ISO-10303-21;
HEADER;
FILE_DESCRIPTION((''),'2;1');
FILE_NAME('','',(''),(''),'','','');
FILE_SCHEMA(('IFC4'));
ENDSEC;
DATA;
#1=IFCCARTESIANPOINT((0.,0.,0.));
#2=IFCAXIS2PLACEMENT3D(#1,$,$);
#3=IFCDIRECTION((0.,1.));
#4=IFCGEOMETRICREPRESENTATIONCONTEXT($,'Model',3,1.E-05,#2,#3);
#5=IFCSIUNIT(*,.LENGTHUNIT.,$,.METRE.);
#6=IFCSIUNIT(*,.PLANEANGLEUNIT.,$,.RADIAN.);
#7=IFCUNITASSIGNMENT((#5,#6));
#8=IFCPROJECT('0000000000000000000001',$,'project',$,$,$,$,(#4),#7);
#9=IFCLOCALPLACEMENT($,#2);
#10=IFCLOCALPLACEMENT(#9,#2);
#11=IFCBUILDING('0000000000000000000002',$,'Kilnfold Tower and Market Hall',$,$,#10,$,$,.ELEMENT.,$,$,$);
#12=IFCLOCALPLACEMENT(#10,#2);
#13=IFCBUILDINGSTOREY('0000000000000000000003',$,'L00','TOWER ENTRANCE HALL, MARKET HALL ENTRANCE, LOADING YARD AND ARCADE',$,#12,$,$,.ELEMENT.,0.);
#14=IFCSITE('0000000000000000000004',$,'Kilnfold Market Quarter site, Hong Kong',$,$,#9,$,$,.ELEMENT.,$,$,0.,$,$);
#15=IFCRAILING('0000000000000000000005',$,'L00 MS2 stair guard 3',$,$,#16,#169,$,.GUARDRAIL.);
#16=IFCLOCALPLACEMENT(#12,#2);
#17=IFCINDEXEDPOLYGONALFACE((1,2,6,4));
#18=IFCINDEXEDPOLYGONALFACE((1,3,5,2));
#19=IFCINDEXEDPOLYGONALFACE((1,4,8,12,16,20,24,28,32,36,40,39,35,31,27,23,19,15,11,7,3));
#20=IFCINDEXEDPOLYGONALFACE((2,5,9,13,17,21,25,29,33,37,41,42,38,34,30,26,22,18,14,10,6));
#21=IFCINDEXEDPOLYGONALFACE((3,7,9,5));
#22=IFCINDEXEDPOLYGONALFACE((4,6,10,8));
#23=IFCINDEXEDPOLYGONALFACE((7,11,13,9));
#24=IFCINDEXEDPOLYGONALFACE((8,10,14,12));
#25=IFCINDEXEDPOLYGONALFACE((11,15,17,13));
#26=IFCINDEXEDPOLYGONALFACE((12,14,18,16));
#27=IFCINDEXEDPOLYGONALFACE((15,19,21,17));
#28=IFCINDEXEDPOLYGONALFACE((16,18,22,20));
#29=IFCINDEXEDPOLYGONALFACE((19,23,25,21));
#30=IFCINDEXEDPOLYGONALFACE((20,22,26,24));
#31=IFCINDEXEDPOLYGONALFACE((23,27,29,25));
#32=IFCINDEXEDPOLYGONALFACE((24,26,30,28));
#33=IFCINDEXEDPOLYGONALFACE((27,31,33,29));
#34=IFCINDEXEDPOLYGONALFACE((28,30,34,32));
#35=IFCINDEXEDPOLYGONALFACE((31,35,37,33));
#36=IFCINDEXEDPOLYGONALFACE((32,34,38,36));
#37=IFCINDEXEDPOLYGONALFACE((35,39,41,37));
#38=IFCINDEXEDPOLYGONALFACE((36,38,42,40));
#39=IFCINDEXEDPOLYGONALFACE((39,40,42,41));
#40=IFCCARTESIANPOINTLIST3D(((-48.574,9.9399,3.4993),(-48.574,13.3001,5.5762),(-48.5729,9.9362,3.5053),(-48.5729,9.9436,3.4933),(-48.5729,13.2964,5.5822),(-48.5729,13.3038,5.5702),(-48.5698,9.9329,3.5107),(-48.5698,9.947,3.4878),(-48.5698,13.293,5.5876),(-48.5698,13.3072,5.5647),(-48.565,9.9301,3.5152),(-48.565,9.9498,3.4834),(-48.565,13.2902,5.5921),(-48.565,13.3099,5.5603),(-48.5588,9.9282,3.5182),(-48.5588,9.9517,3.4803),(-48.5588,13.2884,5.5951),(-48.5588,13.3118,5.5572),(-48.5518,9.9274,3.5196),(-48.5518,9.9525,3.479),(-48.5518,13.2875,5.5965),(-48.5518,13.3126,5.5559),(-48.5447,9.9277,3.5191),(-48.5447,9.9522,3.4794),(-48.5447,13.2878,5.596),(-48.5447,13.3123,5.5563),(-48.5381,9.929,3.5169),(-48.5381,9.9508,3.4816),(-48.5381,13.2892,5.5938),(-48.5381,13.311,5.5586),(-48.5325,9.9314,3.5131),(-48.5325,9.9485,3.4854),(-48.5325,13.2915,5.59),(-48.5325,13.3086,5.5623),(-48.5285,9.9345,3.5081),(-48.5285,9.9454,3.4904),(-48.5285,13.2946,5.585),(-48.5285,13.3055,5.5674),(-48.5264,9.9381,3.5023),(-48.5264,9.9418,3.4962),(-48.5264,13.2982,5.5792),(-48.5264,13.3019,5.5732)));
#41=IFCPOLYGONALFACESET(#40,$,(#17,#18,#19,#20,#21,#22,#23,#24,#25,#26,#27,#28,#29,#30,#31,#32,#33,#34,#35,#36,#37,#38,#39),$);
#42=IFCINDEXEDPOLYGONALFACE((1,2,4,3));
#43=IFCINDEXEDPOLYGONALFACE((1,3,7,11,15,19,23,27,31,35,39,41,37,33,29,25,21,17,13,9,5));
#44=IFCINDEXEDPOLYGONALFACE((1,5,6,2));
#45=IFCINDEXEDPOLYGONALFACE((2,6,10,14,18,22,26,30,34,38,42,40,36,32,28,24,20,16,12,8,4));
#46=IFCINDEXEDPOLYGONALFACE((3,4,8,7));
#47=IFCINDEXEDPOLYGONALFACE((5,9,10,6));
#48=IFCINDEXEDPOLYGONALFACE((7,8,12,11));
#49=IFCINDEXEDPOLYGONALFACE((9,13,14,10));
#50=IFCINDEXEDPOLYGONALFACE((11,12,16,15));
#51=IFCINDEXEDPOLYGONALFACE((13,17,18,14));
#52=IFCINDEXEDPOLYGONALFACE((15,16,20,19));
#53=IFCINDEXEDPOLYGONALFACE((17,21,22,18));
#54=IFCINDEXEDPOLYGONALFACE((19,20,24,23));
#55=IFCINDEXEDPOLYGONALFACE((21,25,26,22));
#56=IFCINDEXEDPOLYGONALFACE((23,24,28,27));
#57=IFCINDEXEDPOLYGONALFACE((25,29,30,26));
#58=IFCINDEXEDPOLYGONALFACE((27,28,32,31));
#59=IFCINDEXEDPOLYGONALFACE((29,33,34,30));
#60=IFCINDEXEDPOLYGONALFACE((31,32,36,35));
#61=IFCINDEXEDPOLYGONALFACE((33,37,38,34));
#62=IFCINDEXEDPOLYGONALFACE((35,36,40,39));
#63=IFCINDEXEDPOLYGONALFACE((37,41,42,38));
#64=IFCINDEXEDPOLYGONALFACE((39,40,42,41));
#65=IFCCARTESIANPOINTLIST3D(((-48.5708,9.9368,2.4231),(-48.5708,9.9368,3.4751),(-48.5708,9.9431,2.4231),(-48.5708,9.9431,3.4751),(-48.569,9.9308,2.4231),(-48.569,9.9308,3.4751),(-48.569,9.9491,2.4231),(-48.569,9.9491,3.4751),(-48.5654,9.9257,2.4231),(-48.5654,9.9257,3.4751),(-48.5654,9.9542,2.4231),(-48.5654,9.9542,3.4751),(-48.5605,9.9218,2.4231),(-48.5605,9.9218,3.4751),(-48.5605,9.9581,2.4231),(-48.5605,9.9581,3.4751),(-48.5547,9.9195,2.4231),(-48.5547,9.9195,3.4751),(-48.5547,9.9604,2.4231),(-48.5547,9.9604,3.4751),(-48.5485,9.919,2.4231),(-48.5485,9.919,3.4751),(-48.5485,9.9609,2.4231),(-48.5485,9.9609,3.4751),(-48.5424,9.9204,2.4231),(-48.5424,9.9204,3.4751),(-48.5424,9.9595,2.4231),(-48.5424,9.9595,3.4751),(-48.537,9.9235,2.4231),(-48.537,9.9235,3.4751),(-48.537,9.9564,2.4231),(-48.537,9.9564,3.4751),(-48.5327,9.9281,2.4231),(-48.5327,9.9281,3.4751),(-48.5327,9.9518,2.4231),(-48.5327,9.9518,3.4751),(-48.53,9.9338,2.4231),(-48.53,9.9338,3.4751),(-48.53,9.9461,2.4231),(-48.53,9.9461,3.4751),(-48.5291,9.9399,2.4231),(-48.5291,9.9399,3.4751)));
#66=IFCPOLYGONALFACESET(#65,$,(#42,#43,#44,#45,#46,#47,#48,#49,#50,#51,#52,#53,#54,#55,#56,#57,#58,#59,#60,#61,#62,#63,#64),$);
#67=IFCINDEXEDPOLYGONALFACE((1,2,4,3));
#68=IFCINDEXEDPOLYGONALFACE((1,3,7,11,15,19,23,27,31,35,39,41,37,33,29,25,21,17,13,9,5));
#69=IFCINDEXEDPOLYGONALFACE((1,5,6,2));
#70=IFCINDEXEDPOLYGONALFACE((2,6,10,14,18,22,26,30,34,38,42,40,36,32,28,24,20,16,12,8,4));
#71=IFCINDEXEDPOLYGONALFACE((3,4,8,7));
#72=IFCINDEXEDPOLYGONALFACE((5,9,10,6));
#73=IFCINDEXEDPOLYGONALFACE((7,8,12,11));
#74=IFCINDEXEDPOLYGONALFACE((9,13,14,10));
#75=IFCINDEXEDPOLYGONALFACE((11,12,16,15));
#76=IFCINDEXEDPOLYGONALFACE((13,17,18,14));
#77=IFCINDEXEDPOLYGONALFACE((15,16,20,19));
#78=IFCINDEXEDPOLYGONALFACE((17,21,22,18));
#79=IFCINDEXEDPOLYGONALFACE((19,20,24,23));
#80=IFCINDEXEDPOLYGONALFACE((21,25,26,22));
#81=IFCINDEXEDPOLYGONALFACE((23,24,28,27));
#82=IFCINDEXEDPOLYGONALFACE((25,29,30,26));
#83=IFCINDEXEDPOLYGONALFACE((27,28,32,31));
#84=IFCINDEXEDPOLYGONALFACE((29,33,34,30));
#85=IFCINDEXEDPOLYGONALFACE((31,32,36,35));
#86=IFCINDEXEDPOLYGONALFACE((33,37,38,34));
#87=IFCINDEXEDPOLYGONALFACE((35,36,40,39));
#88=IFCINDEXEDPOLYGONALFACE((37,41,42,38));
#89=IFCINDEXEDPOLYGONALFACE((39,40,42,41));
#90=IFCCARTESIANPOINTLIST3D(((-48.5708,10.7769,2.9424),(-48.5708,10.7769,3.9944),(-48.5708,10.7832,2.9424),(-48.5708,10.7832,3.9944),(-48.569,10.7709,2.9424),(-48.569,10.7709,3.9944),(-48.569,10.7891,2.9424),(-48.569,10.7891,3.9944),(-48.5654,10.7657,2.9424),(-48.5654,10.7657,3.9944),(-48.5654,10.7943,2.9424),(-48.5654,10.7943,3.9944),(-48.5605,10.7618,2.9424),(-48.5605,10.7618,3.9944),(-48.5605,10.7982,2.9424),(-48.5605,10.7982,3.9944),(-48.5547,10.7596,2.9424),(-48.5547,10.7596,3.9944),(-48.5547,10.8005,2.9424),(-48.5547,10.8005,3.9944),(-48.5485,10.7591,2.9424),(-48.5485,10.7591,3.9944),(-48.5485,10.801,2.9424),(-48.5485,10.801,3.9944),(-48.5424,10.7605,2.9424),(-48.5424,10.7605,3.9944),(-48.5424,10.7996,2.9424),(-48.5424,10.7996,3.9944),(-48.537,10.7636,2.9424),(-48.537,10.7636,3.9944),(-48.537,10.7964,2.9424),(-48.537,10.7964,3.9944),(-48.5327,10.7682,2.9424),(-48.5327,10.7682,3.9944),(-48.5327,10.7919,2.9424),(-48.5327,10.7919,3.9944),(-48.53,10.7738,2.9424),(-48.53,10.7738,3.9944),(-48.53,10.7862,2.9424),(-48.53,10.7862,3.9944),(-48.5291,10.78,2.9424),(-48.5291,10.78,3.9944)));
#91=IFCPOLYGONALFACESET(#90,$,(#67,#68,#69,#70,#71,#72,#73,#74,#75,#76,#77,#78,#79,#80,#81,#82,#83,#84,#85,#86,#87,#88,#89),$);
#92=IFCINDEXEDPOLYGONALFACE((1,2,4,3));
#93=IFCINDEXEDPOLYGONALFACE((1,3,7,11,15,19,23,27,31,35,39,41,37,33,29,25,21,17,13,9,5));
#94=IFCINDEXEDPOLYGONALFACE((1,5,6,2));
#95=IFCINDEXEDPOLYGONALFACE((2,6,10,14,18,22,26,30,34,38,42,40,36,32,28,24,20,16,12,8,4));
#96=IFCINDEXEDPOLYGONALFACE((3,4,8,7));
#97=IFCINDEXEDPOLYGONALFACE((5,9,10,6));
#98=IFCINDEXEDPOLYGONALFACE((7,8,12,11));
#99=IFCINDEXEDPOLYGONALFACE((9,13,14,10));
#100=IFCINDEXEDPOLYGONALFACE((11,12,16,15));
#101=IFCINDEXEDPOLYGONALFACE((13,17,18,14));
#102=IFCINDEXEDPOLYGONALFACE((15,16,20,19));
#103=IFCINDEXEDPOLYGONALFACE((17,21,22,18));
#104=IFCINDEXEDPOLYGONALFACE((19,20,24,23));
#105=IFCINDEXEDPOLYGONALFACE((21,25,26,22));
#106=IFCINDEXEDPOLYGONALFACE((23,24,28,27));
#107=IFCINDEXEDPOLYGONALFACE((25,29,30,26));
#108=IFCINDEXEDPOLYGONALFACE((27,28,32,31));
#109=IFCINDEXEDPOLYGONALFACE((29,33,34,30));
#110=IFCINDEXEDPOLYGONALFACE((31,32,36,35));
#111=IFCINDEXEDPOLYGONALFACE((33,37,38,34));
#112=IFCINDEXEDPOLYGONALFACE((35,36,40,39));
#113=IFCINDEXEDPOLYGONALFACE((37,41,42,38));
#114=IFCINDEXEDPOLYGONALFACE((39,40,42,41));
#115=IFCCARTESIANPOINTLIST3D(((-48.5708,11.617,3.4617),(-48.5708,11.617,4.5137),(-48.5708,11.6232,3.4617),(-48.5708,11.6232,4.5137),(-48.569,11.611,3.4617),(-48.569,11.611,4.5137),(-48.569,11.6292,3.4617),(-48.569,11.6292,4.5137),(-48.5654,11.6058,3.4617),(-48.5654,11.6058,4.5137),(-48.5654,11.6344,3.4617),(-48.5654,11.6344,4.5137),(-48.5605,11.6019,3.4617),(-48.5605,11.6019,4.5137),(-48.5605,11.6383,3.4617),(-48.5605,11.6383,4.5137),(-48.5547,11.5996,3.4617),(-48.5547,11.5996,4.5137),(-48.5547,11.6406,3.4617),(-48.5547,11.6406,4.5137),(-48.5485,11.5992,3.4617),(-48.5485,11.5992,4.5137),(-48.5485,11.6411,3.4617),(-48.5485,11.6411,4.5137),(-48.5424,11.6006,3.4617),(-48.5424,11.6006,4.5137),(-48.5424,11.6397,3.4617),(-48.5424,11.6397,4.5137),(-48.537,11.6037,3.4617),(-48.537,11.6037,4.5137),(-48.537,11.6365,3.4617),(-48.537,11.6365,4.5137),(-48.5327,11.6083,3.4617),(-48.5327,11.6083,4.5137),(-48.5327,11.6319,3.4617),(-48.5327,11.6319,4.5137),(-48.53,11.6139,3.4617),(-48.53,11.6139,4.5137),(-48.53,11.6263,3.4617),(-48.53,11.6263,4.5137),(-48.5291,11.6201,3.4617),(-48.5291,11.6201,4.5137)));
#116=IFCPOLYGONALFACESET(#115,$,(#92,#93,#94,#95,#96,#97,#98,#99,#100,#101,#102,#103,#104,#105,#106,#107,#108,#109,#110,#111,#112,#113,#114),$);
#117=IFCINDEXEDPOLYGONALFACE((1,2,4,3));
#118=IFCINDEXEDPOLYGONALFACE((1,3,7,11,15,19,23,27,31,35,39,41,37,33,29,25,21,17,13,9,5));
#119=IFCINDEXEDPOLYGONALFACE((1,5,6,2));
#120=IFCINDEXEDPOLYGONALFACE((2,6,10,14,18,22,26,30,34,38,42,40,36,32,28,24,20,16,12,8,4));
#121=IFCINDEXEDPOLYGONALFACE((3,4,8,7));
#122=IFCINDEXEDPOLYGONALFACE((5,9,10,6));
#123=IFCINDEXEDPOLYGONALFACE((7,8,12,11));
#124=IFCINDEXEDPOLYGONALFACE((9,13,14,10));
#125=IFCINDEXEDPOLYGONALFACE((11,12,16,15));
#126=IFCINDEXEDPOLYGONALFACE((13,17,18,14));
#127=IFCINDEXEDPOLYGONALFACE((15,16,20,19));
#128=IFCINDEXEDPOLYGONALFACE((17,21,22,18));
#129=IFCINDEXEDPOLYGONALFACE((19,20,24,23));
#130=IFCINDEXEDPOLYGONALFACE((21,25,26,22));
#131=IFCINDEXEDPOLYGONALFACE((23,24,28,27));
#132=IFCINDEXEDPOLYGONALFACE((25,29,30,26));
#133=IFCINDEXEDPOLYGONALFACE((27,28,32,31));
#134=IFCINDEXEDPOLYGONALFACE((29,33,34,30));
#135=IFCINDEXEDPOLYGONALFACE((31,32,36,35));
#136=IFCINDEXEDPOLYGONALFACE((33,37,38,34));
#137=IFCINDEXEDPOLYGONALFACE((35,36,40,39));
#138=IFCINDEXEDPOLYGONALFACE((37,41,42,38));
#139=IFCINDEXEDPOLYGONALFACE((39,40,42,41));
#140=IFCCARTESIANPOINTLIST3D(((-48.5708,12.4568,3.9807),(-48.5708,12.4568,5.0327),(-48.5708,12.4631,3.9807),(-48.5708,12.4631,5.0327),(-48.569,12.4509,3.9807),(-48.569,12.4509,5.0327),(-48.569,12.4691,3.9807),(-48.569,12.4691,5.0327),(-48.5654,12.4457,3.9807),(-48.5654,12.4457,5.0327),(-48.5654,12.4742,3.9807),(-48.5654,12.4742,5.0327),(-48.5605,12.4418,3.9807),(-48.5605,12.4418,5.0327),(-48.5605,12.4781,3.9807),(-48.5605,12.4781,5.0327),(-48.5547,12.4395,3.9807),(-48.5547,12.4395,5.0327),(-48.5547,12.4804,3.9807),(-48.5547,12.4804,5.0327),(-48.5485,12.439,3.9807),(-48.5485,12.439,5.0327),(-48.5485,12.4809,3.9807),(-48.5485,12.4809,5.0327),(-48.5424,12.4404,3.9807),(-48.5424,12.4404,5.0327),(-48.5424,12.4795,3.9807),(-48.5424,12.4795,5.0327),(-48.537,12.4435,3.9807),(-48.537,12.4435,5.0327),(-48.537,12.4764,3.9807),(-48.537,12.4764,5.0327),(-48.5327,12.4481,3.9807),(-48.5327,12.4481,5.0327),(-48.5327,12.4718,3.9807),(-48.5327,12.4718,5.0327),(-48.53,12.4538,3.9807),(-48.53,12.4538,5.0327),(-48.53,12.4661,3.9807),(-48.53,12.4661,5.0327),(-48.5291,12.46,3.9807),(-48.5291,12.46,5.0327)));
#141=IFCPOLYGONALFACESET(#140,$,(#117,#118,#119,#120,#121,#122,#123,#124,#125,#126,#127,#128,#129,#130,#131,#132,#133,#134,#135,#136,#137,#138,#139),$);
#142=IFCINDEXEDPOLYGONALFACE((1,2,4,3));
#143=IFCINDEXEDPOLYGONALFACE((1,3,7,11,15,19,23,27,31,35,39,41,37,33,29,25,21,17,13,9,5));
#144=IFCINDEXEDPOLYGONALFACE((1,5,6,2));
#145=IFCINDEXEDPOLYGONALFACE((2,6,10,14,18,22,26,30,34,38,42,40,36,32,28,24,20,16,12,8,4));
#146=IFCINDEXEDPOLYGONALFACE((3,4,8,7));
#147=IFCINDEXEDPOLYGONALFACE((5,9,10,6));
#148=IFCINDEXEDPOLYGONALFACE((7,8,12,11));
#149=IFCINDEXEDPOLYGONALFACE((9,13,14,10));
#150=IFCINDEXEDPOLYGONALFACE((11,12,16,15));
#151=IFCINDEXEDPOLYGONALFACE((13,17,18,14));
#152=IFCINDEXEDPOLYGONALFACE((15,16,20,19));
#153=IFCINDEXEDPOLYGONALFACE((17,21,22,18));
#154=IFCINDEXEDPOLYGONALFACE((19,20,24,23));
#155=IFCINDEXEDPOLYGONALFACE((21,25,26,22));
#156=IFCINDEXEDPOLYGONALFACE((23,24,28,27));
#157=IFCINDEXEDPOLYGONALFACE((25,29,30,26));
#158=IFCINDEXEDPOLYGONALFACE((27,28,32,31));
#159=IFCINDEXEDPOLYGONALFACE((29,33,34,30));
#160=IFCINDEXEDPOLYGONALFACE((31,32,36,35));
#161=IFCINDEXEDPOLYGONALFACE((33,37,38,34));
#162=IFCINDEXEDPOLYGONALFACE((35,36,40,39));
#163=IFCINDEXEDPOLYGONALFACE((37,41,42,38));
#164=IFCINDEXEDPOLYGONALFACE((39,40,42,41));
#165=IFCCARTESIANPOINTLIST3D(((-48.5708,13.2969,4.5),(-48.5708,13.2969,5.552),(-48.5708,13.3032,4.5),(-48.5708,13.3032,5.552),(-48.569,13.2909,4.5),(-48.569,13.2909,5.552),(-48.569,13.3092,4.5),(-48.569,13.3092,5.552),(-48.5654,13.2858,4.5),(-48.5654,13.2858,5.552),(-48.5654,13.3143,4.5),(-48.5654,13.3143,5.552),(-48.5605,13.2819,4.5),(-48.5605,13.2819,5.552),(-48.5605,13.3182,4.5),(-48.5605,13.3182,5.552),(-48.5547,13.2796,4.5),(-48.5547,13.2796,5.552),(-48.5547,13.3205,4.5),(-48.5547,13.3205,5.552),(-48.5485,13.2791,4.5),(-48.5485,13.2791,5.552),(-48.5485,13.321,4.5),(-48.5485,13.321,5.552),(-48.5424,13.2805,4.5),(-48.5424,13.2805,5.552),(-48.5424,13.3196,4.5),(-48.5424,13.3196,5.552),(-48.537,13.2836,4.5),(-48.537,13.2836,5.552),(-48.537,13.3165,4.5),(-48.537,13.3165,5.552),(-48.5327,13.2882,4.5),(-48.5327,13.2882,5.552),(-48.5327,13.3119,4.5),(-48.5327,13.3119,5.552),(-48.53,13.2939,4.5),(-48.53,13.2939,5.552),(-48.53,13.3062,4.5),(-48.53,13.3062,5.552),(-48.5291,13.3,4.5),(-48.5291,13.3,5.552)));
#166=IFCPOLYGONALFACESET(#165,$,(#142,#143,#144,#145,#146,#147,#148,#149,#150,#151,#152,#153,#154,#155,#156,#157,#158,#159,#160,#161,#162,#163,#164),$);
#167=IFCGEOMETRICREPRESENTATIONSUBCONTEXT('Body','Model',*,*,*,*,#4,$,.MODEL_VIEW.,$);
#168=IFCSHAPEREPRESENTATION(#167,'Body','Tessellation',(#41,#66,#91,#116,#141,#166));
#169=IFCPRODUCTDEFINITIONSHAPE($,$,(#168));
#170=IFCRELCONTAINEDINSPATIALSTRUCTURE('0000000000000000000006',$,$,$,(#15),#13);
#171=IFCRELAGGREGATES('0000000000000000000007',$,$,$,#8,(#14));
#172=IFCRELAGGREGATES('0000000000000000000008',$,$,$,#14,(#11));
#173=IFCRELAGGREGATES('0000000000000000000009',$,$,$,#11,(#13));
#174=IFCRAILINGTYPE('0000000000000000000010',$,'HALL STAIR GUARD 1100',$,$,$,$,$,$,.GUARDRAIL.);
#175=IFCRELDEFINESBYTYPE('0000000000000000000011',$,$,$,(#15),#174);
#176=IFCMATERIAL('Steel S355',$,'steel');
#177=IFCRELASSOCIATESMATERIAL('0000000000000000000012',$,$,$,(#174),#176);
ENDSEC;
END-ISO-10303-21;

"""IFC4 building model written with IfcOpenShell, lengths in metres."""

from ifc_helpers import new_model, si_unit, direction, frame, origin, origin_2d, place, context, subcontext, project, spatial, circle, extrude, material, type_object, element, save


model = new_model("IFC4")

# Units and contexts
model_context = context("Model", 3, precision=1e-05, world=origin(), true_north=direction((0.0, 1.0)))
body_context = subcontext(model_context, "Body", "Model", "MODEL_VIEW")
ifc_project = project(units=[si_unit("LENGTHUNIT", "METRE"), si_unit("PLANEANGLEUNIT", "RADIAN")], contexts=[model_context])

# Site, building, storey
site_placement = place(None, origin())
site = spatial("IfcSite", under=ifc_project, at=site_placement, Name="Kilnfold Market Quarter site, Hong Kong", CompositionType="ELEMENT", RefElevation=0.0)
building_placement = place(site_placement, origin())
building = spatial("IfcBuilding", under=site, at=building_placement, Name="Kilnfold Tower and Market Hall", CompositionType="ELEMENT")
storey_placement = place(building_placement, origin())
storey = spatial("IfcBuildingStorey", under=building, at=storey_placement, Name="L00", Description="TOWER ENTRANCE HALL, MARKET HALL ENTRANCE, LOADING YARD AND ARCADE", CompositionType="ELEMENT", Elevation=0.0)

# Railing
ifc_material_1 = material(Name="Steel S355", Category="steel")
railing_type_1 = type_object("IfcRailingType", Name="HALL STAIR GUARD 1100", PredefinedType="GUARDRAIL", material=ifc_material_1)
railing_1_placement = place(storey_placement, frame((-48.55, 9.9399, 2.4231)))
element("IfcRailing", 1, at=railing_1_placement, inside=storey, type_object=railing_type_1, Name="L00 MS2 stair guard 3", PredefinedType="GUARDRAIL", context=body_context, shape_type="SweptSolid", body=[
    extrude(circle(Radius=0.0239, at=origin_2d()), frame((0.0, 0.0, 1.0762), z_axis=(0.0, 0.850623, 0.525776), x_axis=(-1.0, 0.0, 0.0)), (0.0, 0.0, 1.0), 3.9502),
    extrude(circle(Radius=0.021, at=origin_2d()), origin(), (0.0, 0.0, 1.0), 1.052),
    extrude(circle(Radius=0.021, at=origin_2d()), frame((0.0, 0.8401, 0.5193)), (0.0, 0.0, 1.0), 1.052),
    extrude(circle(Radius=0.021, at=origin_2d()), frame((0.0, 1.6802, 1.0386)), (0.0, 0.0, 1.0), 1.052),
    extrude(circle(Radius=0.021, at=origin_2d()), frame((0.0, 2.52, 1.5576)), (0.0, 0.0, 1.0), 1.052),
    extrude(circle(Radius=0.021, at=origin_2d()), frame((0.0, 3.3601, 2.0769)), (0.0, 0.0, 1.0), 1.052),
])

save(model, "model.ifc")
